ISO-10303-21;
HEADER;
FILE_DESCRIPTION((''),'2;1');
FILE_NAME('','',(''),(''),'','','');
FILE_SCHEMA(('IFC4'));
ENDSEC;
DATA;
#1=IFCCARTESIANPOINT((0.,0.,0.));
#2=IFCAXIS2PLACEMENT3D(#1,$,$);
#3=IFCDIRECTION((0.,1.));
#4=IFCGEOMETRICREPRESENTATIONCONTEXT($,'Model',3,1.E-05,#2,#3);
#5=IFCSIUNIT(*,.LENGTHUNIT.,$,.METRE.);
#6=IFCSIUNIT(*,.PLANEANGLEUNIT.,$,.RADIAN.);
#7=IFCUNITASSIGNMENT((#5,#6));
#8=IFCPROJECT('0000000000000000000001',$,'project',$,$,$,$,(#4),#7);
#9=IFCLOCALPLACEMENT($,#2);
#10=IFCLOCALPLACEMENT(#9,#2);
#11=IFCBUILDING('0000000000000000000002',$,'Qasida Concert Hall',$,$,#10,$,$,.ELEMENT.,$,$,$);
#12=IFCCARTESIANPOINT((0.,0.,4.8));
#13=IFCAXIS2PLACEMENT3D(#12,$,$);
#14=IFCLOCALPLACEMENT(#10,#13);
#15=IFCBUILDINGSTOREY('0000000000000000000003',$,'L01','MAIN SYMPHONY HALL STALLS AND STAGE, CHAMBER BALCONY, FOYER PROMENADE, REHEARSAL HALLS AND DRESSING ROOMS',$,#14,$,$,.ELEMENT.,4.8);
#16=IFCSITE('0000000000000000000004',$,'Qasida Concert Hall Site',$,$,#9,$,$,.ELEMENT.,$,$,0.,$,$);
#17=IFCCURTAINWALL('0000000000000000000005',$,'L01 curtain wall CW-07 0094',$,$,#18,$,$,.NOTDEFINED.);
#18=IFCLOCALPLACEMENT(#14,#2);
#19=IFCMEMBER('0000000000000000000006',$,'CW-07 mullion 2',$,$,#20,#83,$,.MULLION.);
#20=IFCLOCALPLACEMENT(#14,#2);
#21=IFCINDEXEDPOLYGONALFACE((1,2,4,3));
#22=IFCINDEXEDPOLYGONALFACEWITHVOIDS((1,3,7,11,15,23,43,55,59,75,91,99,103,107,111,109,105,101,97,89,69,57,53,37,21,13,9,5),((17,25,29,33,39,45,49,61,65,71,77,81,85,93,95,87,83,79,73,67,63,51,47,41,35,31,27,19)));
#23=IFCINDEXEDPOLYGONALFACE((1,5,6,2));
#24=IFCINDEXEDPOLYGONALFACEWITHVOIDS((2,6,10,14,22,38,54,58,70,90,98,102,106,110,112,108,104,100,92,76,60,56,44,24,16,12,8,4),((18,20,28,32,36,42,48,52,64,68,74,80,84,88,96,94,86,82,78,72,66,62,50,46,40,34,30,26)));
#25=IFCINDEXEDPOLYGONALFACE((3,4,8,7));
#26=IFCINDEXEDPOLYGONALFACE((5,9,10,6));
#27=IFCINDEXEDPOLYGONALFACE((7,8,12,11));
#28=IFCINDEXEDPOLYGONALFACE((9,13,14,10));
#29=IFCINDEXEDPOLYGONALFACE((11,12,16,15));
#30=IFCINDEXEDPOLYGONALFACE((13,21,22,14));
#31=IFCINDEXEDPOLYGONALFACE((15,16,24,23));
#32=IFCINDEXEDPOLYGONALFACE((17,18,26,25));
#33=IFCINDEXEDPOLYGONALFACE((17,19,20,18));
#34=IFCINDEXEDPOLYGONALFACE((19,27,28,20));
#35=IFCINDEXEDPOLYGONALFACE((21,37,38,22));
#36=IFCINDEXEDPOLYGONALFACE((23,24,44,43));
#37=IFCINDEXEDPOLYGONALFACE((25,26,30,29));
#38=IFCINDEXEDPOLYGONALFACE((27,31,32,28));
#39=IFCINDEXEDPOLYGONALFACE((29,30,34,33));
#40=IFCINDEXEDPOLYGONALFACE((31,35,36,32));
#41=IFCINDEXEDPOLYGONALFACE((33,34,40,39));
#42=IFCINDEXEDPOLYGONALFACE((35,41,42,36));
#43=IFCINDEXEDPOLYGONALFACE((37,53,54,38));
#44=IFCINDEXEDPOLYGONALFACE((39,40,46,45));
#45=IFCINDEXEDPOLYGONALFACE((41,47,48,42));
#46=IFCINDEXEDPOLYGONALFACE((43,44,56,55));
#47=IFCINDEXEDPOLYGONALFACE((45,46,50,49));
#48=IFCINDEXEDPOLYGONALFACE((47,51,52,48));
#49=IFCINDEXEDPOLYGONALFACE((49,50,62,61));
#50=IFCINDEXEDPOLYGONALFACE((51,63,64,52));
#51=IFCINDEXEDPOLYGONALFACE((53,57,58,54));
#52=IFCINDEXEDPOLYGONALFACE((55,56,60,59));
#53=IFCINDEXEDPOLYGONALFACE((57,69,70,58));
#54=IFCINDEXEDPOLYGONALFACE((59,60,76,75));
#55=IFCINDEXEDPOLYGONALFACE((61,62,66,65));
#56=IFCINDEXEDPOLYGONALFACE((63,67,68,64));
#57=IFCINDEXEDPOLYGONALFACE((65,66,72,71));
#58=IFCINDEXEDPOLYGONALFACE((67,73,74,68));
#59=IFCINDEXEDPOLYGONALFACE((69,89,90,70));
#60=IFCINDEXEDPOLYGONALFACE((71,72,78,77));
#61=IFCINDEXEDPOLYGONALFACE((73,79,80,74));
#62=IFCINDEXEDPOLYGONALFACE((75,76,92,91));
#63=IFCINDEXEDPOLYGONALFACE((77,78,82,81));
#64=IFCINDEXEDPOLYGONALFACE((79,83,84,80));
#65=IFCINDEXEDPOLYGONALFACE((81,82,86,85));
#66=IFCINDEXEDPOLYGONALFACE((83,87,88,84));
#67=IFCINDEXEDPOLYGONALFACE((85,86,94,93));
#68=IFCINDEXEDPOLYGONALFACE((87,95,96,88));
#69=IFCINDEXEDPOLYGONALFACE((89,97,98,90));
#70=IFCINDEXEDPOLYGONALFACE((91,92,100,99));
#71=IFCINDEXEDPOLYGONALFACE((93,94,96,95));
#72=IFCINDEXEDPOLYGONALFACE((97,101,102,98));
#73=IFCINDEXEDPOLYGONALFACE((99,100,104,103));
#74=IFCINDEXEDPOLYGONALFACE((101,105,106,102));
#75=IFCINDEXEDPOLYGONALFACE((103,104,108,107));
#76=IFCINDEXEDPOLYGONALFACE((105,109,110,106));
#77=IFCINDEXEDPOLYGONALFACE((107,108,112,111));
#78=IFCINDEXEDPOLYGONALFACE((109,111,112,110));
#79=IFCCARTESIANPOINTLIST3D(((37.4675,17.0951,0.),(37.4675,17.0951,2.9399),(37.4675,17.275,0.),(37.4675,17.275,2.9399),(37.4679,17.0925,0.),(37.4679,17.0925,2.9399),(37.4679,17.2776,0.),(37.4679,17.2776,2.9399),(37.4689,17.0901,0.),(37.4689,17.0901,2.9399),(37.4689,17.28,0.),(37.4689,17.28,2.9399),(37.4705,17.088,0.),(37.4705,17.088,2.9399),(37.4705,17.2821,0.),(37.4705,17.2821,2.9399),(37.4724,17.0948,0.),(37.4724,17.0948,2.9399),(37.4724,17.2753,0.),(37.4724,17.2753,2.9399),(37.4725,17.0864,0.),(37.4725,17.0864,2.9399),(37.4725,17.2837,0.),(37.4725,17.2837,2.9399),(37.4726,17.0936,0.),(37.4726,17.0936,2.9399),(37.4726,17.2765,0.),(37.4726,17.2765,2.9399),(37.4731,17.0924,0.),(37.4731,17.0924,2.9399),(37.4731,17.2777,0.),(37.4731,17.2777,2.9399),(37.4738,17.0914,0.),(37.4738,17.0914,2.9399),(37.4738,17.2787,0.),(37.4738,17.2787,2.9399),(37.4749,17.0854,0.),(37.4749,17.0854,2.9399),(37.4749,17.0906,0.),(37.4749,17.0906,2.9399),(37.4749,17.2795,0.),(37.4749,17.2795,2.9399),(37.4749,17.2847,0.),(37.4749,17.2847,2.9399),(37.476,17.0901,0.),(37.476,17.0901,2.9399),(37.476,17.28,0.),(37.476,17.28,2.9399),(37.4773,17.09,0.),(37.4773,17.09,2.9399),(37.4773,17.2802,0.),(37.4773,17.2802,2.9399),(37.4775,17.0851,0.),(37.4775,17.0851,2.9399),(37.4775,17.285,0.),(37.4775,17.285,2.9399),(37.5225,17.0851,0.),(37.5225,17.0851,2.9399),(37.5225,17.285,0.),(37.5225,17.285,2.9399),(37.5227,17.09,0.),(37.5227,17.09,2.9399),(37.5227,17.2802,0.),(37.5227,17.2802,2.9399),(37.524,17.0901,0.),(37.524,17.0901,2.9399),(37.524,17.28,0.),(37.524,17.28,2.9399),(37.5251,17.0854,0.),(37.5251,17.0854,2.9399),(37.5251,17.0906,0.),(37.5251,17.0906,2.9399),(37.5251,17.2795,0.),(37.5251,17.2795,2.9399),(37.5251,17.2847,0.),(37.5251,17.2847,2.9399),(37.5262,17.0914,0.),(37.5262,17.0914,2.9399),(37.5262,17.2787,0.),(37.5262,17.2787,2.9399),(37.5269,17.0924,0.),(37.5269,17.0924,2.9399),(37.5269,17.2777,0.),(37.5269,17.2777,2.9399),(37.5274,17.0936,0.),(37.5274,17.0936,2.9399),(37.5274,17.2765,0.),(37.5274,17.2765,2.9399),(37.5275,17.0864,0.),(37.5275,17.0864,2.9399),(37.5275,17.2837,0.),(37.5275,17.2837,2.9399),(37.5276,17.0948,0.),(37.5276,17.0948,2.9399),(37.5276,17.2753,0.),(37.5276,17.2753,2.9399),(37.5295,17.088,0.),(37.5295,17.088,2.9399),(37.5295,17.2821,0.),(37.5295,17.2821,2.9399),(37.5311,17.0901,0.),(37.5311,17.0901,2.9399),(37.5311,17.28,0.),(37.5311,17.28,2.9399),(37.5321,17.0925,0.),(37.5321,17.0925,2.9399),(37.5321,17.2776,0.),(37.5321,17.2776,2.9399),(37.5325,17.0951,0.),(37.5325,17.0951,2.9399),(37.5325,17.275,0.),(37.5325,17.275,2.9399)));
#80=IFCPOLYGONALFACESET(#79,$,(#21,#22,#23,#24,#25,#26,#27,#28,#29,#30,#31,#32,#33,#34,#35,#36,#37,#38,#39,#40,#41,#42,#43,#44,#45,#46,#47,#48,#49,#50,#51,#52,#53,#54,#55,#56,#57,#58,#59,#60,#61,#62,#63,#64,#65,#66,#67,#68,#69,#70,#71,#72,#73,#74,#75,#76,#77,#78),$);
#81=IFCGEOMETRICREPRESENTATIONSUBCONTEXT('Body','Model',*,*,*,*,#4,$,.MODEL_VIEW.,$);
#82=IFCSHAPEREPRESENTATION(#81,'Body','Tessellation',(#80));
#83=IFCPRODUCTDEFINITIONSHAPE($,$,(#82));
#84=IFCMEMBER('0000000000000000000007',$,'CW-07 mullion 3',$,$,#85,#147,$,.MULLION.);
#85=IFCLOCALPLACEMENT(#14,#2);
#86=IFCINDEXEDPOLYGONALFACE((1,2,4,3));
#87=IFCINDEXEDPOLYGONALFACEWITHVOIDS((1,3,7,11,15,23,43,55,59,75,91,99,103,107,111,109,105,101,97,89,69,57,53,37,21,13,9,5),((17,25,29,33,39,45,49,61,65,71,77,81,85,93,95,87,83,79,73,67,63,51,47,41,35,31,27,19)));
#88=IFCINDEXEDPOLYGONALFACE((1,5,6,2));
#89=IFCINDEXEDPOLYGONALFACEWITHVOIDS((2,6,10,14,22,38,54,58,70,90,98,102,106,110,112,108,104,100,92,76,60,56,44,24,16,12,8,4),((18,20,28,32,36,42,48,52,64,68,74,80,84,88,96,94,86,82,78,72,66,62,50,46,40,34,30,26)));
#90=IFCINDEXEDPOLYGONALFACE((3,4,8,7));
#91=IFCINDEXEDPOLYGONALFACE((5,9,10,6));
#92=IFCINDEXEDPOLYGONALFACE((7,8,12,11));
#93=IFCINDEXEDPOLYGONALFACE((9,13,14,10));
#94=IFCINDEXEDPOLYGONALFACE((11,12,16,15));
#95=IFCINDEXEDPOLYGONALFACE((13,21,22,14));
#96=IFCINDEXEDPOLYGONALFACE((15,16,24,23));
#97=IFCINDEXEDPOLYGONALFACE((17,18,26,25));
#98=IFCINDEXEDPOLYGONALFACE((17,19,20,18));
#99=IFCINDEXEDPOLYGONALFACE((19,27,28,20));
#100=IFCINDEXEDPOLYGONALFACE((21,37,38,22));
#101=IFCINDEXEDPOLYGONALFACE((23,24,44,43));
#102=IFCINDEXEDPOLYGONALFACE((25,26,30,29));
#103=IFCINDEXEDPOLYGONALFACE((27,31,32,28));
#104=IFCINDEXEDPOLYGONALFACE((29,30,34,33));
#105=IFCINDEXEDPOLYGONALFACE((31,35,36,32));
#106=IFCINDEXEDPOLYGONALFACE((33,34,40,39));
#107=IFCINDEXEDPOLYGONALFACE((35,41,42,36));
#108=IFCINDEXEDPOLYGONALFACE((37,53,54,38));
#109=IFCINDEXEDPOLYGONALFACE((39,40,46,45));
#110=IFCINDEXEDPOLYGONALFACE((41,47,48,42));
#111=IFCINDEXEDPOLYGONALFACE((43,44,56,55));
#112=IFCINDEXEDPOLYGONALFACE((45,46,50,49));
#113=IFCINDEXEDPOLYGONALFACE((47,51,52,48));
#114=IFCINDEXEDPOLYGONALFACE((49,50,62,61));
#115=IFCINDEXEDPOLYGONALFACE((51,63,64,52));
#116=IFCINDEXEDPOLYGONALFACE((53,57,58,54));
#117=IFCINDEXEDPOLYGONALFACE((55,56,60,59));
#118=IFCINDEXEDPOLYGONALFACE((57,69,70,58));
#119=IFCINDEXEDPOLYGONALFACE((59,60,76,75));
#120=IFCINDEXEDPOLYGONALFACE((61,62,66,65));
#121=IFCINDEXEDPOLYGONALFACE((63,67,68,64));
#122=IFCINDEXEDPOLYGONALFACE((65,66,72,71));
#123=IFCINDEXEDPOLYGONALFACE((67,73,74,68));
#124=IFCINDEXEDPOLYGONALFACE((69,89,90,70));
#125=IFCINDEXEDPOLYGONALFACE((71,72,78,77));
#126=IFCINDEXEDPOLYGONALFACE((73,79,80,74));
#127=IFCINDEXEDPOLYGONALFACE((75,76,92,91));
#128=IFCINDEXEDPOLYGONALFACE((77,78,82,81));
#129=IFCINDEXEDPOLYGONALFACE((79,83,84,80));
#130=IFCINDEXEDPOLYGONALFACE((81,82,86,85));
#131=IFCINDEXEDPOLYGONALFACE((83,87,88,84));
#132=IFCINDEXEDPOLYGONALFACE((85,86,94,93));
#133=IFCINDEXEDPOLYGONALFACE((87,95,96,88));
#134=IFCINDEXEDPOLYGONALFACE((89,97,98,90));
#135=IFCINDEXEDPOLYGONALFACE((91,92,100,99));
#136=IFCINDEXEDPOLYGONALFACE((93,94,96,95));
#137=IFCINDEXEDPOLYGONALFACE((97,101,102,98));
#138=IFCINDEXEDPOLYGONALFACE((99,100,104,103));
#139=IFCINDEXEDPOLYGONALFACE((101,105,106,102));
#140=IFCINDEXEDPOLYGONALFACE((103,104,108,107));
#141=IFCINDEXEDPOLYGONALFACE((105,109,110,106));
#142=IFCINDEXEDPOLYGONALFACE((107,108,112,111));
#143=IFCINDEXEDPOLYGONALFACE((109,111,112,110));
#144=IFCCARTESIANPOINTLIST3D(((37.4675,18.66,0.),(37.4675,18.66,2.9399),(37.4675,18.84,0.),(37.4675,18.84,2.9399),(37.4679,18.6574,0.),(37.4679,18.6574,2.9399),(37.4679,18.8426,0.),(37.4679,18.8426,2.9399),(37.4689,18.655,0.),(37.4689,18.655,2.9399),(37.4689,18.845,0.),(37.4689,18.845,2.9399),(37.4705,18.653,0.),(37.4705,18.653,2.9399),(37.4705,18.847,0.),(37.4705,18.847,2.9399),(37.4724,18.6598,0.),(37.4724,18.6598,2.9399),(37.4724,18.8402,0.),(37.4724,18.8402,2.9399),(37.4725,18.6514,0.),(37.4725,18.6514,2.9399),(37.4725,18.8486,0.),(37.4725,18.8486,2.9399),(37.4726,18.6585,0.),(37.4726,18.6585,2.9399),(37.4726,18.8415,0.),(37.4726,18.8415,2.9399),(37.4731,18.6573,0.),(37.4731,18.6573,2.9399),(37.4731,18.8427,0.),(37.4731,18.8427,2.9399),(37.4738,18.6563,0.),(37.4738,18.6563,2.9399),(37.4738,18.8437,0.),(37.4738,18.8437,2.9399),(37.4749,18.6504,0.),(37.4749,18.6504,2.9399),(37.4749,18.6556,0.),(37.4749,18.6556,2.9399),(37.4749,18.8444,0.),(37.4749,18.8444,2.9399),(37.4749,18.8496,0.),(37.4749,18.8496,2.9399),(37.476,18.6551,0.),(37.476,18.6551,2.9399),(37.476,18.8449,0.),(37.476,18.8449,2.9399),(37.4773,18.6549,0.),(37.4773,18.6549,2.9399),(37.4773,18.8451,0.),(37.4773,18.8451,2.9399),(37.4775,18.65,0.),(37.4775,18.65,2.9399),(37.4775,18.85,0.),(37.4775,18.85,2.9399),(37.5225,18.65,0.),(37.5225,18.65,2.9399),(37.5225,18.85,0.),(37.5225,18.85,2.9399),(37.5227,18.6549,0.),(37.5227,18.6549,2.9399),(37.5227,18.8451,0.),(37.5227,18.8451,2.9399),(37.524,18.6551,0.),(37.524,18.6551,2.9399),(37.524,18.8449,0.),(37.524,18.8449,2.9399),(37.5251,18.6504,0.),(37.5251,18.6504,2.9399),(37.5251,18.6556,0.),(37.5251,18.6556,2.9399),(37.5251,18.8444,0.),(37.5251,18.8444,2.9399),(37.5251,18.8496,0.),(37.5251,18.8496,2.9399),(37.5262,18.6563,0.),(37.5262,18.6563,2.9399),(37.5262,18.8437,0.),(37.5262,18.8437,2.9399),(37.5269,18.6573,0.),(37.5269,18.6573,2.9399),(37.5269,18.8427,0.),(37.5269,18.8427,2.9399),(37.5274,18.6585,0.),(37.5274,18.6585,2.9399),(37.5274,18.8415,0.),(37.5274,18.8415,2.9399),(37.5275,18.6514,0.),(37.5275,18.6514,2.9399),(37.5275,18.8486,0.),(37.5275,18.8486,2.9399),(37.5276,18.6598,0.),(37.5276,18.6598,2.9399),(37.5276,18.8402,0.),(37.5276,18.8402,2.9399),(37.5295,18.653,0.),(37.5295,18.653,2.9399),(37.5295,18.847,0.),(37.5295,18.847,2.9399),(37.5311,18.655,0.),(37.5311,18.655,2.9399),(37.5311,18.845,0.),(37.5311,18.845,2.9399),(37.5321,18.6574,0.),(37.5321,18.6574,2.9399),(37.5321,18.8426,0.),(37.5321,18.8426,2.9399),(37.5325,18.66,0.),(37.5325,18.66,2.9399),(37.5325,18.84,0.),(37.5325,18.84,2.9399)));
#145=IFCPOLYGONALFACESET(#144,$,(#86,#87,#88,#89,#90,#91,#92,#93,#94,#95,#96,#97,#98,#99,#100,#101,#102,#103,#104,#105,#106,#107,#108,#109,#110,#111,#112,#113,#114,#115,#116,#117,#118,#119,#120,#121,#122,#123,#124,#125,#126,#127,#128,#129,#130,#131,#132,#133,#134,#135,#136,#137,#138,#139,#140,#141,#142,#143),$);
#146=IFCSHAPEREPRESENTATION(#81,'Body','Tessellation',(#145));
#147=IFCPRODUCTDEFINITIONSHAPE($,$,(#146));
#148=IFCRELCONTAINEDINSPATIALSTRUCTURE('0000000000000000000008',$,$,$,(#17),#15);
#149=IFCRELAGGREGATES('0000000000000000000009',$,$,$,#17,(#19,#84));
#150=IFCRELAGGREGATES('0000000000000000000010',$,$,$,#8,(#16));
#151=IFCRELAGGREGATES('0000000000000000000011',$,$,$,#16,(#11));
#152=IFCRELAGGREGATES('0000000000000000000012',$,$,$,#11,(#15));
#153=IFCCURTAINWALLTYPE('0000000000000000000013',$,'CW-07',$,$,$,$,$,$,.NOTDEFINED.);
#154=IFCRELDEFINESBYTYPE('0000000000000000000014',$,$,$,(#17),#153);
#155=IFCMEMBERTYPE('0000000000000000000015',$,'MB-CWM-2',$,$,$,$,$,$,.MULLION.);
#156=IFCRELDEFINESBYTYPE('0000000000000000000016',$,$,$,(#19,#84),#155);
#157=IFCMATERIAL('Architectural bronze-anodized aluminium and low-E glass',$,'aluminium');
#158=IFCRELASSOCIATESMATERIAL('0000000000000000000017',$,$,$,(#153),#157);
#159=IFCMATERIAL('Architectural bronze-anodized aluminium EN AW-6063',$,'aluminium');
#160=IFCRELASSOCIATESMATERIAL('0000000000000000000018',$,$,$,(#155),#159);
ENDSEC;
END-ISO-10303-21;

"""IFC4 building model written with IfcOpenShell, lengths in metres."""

from ifc_helpers import new_model, si_unit, direction, frame, origin, origin_2d, place, context, subcontext, project, spatial, hollow_rectangle, extrude, material, material_profile, profile_set, type_object, element, aggregate, save


model = new_model("IFC4")

# Units and contexts
model_context = context("Model", 3, precision=1e-05, world=origin(), true_north=direction((0.0, 1.0)))
body_context = subcontext(model_context, "Body", "Model", "MODEL_VIEW")
ifc_project = project(units=[si_unit("LENGTHUNIT", "METRE"), si_unit("PLANEANGLEUNIT", "RADIAN")], contexts=[model_context])

# Site, building, storey
site_placement = place(None, origin())
site = spatial("IfcSite", under=ifc_project, at=site_placement, Name="Qasida Concert Hall Site", CompositionType="ELEMENT", RefElevation=0.0)
building_placement = place(site_placement, origin())
building = spatial("IfcBuilding", under=site, at=building_placement, Name="Qasida Concert Hall", CompositionType="ELEMENT")
storey_placement = place(building_placement, frame((0.0, 0.0, 4.8)))
storey = spatial("IfcBuildingStorey", under=building, at=storey_placement, Name="L01", Description="MAIN SYMPHONY HALL STALLS AND STAGE, CHAMBER BALCONY, FOYER PROMENADE, REHEARSAL HALLS AND DRESSING ROOMS", CompositionType="ELEMENT", Elevation=4.8)

# Curtain wall, members
ifc_material_1 = material(Name="Architectural bronze-anodized aluminium and low-E glass", Category="aluminium")
curtain_wall_type = type_object("IfcCurtainWallType", Name="CW-07", PredefinedType="NOTDEFINED", material=ifc_material_1)
curtain_wall_placement = place(storey_placement, origin())
curtain_wall = element("IfcCurtainWall", 1, at=curtain_wall_placement, inside=storey, type_object=curtain_wall_type, Name="L01 curtain wall CW-07 0094", PredefinedType="NOTDEFINED")
ifc_material_2 = material(Name="Architectural bronze-anodized aluminium EN AW-6063", Category="aluminium")
ifc_material_profile_1 = material_profile(ifc_material_2, hollow_rectangle(XDim=0.0649, YDim=0.2, WallThickness=0.0049, InnerFilletRadius=0.0049, OuterFilletRadius=0.01, at=origin_2d()), Name="CWM 200x65x5")
ifc_profile_set_1 = profile_set([ifc_material_profile_1], Name="Architectural bronze-anodized aluminium EN AW-6063")
member_type_1 = type_object("IfcMemberType", Name="MB-CWM-2", PredefinedType="MULLION", material=ifc_profile_set_1)
member_1_placement = place(storey_placement, frame((37.5, 17.1851, 0.0), z_axis=(0.0, 0.0, 1.0), x_axis=(-1.0, 0.0, 0.0)))
member_1 = element("IfcMember", 2, at=member_1_placement, type_object=member_type_1, Name="CW-07 mullion 2", PredefinedType="MULLION", context=body_context, shape_type="SweptSolid", body=[
    extrude(hollow_rectangle(XDim=0.0649, YDim=0.2, WallThickness=0.0049, InnerFilletRadius=0.0049, OuterFilletRadius=0.01, at=origin_2d()), origin(), (0.0, 0.0, 1.0), 2.9399),
])
member_2_placement = place(storey_placement, frame((37.5, 18.75, 0.0), z_axis=(0.0, 0.0, 1.0), x_axis=(-1.0, 0.0, 0.0)))
member_2 = element("IfcMember", 3, at=member_2_placement, type_object=member_type_1, Name="CW-07 mullion 3", PredefinedType="MULLION", context=body_context, shape_type="SweptSolid", body=[
    extrude(hollow_rectangle(XDim=0.0649, YDim=0.2, WallThickness=0.0049, InnerFilletRadius=0.0049, OuterFilletRadius=0.01, at=origin_2d()), origin(), (0.0, 0.0, 1.0), 2.9399),
])
aggregate(curtain_wall, [member_1, member_2])

save(model, "model.ifc")
